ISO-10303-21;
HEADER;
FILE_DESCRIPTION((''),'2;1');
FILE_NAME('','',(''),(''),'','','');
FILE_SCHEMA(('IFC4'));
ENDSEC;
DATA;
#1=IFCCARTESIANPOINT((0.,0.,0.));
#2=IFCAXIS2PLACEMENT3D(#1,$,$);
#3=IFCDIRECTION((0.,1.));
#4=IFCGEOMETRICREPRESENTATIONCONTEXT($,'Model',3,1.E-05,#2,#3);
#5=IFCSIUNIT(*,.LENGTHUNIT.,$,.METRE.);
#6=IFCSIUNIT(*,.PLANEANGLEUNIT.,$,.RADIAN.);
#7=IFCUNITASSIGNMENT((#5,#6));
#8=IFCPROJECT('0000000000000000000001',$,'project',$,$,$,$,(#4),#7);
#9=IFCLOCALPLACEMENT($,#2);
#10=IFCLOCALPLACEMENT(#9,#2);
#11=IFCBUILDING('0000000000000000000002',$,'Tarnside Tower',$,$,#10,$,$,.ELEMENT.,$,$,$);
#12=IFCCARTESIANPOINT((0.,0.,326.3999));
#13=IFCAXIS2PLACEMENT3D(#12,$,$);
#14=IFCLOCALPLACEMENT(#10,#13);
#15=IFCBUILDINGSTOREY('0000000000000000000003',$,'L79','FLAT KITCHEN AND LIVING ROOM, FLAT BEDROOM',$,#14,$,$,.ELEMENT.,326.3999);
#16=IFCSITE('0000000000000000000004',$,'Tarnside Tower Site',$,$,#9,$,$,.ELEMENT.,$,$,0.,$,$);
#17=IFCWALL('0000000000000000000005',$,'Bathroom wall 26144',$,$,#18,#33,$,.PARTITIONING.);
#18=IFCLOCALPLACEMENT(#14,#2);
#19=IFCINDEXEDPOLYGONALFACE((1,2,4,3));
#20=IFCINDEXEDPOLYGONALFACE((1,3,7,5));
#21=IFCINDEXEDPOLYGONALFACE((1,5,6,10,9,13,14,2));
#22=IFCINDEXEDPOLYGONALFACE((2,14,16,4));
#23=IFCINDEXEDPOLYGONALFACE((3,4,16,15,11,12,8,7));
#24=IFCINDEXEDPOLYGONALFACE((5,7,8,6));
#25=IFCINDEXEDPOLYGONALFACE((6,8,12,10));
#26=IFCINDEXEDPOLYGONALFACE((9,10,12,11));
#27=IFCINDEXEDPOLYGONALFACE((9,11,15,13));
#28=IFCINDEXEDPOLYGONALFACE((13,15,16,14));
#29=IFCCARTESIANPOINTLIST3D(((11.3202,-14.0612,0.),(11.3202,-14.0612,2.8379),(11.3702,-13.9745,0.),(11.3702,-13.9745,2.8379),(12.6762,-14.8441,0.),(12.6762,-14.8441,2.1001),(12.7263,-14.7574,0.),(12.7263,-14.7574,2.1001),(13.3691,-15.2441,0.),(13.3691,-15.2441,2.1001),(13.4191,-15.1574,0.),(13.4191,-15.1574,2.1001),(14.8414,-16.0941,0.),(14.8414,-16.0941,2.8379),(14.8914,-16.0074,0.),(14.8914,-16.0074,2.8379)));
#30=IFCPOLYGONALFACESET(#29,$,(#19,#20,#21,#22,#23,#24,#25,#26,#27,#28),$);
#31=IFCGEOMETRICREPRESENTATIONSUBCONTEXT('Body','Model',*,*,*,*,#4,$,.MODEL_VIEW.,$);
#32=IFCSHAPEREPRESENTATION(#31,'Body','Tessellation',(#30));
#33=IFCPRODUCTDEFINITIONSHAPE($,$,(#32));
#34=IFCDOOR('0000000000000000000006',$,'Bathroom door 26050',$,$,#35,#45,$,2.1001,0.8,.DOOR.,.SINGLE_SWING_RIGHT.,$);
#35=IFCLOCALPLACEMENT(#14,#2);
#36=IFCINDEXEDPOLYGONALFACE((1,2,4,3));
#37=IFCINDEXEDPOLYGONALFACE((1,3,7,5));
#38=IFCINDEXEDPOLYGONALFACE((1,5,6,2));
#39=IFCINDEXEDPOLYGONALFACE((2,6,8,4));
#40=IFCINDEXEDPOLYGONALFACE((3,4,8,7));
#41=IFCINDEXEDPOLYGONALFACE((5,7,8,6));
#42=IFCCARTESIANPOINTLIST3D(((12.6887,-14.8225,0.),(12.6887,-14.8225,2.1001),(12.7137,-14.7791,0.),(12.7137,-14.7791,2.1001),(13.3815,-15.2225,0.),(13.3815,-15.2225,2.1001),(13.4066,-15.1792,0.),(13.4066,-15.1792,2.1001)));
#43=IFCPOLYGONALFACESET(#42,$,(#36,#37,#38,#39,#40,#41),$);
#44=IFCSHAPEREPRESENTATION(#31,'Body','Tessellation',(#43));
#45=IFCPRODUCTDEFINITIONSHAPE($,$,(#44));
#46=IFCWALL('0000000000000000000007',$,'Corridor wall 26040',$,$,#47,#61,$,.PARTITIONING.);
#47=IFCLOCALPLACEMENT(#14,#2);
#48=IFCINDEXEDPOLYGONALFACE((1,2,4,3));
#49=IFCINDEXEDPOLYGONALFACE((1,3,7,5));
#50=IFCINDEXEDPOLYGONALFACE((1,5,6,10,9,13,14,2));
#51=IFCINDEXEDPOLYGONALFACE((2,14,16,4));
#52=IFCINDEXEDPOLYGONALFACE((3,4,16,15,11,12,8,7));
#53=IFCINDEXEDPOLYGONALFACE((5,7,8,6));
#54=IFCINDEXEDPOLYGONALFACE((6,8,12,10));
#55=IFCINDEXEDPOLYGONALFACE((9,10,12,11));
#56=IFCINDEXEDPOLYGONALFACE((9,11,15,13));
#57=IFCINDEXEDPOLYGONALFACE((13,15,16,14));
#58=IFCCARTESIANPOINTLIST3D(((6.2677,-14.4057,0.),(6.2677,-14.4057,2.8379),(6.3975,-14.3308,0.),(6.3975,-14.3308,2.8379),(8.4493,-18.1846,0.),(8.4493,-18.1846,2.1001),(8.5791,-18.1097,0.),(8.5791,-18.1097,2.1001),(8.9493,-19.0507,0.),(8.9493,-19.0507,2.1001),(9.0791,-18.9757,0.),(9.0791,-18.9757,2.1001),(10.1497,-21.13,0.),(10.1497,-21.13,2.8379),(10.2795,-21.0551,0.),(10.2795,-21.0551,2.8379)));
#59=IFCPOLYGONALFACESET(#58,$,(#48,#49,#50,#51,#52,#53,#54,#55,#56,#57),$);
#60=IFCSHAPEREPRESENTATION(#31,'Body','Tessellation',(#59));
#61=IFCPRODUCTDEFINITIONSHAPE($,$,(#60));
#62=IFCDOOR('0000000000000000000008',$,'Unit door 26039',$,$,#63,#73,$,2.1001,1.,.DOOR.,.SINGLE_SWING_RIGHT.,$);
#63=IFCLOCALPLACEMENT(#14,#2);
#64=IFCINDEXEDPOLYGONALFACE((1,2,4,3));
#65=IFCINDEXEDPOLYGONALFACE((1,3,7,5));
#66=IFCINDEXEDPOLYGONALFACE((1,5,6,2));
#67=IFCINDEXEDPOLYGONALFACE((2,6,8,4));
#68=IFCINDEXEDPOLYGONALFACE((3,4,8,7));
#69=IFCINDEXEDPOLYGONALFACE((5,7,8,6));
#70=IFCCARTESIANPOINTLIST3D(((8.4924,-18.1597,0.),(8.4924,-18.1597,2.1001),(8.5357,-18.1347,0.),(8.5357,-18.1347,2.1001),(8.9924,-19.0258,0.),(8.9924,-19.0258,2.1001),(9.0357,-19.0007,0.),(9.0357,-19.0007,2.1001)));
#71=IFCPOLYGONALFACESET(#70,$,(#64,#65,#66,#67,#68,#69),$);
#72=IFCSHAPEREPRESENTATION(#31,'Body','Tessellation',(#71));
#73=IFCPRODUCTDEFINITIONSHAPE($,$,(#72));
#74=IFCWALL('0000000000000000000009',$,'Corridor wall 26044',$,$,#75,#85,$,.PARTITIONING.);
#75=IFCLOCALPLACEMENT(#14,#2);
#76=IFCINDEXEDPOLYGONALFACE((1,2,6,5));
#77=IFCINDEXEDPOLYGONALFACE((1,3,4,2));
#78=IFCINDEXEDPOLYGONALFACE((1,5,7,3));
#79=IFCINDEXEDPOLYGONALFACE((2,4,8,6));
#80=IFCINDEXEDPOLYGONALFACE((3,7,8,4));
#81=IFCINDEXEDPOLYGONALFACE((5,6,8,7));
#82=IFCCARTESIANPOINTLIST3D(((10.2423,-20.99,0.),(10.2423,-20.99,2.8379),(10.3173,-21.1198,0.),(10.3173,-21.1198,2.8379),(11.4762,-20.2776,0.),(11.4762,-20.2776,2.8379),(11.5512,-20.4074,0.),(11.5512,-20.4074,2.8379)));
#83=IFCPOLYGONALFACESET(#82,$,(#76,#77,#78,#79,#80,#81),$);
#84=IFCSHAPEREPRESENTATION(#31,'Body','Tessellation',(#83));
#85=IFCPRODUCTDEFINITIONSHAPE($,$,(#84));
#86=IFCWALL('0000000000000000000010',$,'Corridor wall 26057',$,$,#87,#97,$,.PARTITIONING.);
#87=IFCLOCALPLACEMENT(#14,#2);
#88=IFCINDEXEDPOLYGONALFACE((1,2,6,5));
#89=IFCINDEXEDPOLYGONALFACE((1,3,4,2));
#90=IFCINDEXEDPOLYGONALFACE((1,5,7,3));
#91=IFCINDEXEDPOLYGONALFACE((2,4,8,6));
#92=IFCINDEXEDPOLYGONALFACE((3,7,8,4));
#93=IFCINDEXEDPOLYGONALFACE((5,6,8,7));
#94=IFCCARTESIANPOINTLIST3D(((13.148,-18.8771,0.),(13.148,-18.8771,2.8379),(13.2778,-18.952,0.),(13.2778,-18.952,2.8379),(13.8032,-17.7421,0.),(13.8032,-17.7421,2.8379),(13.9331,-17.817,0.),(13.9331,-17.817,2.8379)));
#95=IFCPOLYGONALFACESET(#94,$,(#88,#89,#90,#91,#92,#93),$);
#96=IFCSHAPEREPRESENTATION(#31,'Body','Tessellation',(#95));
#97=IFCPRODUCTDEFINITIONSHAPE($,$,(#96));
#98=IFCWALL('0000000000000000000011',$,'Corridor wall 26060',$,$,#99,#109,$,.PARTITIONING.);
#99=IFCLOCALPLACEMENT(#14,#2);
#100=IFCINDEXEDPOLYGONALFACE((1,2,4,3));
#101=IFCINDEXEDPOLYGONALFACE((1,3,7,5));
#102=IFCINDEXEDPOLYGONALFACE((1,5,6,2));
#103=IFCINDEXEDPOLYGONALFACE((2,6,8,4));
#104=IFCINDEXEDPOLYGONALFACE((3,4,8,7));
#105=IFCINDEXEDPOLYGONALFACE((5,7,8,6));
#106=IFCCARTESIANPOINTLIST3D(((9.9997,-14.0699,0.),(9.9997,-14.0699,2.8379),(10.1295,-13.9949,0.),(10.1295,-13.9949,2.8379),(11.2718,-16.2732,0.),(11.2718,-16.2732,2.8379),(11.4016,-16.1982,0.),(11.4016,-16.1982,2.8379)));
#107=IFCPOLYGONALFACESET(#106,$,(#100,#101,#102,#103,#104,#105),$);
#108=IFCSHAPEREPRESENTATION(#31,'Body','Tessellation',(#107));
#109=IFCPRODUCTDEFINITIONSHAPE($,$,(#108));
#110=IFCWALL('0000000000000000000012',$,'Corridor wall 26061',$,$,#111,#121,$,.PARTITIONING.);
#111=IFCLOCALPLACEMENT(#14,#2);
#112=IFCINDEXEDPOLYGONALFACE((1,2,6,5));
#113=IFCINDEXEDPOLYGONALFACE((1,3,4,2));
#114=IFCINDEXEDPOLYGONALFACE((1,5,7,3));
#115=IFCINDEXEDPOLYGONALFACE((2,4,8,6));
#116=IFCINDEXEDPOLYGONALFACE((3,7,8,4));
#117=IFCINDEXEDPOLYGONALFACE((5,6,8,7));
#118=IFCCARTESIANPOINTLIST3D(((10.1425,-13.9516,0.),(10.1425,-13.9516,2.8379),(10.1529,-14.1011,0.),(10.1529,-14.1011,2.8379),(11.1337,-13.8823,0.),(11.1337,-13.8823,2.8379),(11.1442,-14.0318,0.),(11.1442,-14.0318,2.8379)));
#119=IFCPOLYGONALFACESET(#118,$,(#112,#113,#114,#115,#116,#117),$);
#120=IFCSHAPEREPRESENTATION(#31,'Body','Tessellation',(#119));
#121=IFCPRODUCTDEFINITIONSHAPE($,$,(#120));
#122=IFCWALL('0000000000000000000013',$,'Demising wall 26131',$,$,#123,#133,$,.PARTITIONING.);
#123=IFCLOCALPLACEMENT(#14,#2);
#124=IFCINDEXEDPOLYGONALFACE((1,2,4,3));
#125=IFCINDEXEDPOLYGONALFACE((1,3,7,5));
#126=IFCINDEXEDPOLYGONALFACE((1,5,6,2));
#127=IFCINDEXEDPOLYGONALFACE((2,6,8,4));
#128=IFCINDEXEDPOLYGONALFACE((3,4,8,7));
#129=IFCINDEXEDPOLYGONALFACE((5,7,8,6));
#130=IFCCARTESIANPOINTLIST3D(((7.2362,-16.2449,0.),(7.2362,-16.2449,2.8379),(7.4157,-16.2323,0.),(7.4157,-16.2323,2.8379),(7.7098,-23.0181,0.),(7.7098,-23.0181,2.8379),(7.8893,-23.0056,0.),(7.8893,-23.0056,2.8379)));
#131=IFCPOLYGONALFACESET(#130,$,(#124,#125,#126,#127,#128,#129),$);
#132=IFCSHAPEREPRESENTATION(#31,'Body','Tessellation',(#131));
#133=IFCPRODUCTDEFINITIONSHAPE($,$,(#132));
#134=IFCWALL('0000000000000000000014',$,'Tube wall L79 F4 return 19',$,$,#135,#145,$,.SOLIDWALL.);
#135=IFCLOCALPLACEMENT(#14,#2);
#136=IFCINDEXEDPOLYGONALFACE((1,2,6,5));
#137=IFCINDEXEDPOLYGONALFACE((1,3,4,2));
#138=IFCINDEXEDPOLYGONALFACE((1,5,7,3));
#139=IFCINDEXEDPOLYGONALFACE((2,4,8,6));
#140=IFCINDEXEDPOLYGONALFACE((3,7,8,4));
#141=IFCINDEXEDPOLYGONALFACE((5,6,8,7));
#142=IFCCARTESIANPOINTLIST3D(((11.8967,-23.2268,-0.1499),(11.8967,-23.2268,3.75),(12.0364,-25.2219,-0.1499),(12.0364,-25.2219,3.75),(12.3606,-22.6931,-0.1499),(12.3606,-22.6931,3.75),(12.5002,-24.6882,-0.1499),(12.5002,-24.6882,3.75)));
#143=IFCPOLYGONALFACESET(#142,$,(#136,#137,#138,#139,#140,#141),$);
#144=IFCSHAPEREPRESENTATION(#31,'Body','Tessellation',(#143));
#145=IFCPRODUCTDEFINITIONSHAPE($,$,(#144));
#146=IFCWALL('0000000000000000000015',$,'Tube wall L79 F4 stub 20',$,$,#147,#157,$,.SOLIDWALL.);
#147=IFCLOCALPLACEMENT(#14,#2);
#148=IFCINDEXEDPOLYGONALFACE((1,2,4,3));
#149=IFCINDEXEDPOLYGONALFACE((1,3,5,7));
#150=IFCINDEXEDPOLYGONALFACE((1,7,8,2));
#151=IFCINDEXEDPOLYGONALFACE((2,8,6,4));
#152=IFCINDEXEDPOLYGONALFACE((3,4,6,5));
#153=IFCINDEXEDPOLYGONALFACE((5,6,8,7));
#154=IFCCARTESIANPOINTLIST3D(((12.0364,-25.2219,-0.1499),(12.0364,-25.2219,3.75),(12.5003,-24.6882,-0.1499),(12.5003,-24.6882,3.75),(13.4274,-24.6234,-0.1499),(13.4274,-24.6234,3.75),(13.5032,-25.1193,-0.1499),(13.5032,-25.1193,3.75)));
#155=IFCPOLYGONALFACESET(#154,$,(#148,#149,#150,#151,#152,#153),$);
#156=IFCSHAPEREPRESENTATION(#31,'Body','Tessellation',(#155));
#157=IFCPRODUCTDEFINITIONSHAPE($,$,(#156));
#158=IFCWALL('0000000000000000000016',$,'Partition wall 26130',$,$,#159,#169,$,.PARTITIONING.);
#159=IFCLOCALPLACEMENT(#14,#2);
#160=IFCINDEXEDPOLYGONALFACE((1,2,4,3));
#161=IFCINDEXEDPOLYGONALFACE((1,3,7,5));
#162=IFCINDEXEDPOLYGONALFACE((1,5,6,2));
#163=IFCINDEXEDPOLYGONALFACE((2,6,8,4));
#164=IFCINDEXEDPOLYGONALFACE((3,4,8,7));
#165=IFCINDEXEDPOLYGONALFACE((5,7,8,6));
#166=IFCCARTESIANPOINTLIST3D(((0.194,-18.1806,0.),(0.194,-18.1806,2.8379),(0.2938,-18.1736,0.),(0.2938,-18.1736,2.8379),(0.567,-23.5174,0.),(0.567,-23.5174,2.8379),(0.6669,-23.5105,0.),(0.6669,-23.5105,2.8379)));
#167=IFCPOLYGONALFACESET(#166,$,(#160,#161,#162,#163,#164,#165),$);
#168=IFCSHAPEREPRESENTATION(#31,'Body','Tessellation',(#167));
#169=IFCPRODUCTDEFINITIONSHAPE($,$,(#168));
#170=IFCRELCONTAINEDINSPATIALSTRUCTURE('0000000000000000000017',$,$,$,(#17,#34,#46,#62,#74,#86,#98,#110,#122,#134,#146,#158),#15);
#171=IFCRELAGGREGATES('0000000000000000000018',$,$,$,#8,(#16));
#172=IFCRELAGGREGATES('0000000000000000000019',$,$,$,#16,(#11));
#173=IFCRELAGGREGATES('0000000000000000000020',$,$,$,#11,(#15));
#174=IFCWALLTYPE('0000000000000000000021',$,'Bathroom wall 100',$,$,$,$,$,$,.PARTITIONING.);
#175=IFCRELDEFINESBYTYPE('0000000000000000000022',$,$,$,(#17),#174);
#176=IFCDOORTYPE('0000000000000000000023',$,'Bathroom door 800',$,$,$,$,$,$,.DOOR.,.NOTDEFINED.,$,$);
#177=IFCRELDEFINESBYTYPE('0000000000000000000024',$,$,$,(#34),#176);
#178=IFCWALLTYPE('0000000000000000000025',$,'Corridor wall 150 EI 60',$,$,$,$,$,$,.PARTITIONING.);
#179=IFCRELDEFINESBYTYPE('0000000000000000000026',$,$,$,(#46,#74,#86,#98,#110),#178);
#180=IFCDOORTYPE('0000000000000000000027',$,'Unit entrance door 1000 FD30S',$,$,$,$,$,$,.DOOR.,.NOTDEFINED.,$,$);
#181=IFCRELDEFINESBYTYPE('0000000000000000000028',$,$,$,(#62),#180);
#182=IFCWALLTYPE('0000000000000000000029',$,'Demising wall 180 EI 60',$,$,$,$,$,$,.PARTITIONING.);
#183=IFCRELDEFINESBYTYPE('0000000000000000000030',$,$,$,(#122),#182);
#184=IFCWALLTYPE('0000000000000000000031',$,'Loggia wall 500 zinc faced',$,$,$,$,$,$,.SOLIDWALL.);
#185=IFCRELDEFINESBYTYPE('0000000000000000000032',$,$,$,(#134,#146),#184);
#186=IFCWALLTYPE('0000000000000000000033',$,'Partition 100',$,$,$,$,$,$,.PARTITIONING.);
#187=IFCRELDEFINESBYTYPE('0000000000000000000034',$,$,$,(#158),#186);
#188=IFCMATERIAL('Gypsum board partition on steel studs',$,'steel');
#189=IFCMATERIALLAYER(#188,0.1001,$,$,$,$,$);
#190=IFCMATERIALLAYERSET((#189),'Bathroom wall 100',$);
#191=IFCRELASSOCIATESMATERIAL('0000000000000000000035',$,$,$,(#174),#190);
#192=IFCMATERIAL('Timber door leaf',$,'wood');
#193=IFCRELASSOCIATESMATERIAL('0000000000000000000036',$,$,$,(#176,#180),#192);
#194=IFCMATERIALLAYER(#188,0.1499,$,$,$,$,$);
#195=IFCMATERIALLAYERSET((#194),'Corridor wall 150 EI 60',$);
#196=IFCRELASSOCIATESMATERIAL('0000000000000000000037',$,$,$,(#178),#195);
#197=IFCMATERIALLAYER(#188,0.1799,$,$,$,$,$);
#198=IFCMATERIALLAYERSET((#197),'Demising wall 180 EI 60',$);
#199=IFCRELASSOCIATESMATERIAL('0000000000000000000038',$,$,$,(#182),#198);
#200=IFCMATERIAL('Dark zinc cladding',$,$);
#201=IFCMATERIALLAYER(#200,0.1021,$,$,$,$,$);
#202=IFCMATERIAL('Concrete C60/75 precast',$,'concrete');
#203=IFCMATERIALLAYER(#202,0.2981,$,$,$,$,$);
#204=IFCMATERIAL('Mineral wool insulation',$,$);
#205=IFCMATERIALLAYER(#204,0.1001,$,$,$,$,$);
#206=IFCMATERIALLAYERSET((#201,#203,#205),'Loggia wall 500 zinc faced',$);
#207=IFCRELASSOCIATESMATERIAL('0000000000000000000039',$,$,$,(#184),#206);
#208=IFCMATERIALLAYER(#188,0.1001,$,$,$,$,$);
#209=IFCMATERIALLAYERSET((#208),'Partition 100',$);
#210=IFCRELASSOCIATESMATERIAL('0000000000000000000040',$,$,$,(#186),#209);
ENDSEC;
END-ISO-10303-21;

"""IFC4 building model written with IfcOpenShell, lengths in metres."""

from ifc_helpers import new_model, si_unit, direction, frame, frame_2d, origin, place, context, subcontext, project, spatial, polyline, rectangle, outline, extrude, material, layer, layer_set, type_object, element, fill, save


model = new_model("IFC4")

# Units and contexts
model_context = context("Model", 3, precision=1e-05, world=origin(), true_north=direction((0.0, 1.0)))
body_context = subcontext(model_context, "Body", "Model", "MODEL_VIEW")
ifc_project = project(units=[si_unit("LENGTHUNIT", "METRE"), si_unit("PLANEANGLEUNIT", "RADIAN")], contexts=[model_context])

# Site, building, storey
site_placement = place(None, origin())
site = spatial("IfcSite", under=ifc_project, at=site_placement, Name="Tarnside Tower Site", CompositionType="ELEMENT", RefElevation=0.0)
building_placement = place(site_placement, origin())
building = spatial("IfcBuilding", under=site, at=building_placement, Name="Tarnside Tower", CompositionType="ELEMENT")
storey_placement = place(building_placement, frame((0.0, 0.0, 326.3999)))
storey = spatial("IfcBuildingStorey", under=building, at=storey_placement, Name="L79", Description="FLAT KITCHEN AND LIVING ROOM, FLAT BEDROOM", CompositionType="ELEMENT", Elevation=326.3999)

# Walls, openings, doors
ifc_material_1 = material(Name="Gypsum board partition on steel studs", Category="steel")
ifc_layer_1 = layer(ifc_material_1, 0.1001)
ifc_layer_set_1 = layer_set([ifc_layer_1], Name="Bathroom wall 100")
wall_type_1 = type_object("IfcWallType", Name="Bathroom wall 100", PredefinedType="PARTITIONING", material=ifc_layer_set_1)
wall_1_placement = place(storey_placement, frame((11.3452, -14.0178, 0.0), z_axis=(0.0, 0.0, 1.0), x_axis=(0.866029, -0.499994, 0.0)))
wall_1 = element("IfcWall", 1, at=wall_1_placement, inside=storey, type_object=wall_type_1, Name="Bathroom wall 26144", PredefinedType="PARTITIONING", context=body_context, shape_type="SweptSolid", body=[
    extrude(rectangle(XDim=4.0659, YDim=0.1001, at=frame_2d((2.033, 0.0))), origin(), (0.0, 0.0, 1.0), 2.8379),
])
opening_1_placement = place(wall_1_placement, frame((1.5659, 0.0, 0.0)))
opening_1 = element("IfcOpeningElement", 2, at=opening_1_placement, cuts=wall_1, PredefinedType="OPENING", context=body_context, shape_type="SweptSolid", body=[
    extrude(rectangle(XDim=0.8, YDim=2.1001, at=frame_2d((0.3999, 1.05))), frame((0.0, 0.0601, 0.0), z_axis=(0.0, -1.0, 0.0), x_axis=(1.0, 0.0, 0.0)), (0.0, 0.0, 1.0), 0.1201),
])
ifc_material_2 = material(Name="Timber door leaf", Category="wood")
door_type_1 = type_object("IfcDoorType", Name="Bathroom door 800", OperationType="NOTDEFINED", PredefinedType="DOOR", material=ifc_material_2)
door_1_placement = place(opening_1_placement, origin())
door_1 = element("IfcDoor", 3, at=door_1_placement, inside=storey, type_object=door_type_1, Name="Bathroom door 26050", OperationType="SINGLE_SWING_RIGHT", OverallHeight=2.1001, OverallWidth=0.8, PredefinedType="DOOR", context=body_context, shape_type="SweptSolid", body=[
    extrude(rectangle(XDim=0.8, YDim=2.1001, at=frame_2d((0.3999, 1.05))), frame((0.0, 0.0249, 0.0), z_axis=(0.0, -1.0, 0.0), x_axis=(1.0, 0.0, 0.0)), (0.0, 0.0, 1.0), 0.05),
])
fill(opening_1, door_1)
ifc_layer_2 = layer(ifc_material_1, 0.1499)
ifc_layer_set_2 = layer_set([ifc_layer_2], Name="Corridor wall 150 EI 60")
wall_type_2 = type_object("IfcWallType", Name="Corridor wall 150 EI 60", PredefinedType="PARTITIONING", material=ifc_layer_set_2)
wall_2_placement = place(storey_placement, frame((6.3325, -14.3682, 0.0), z_axis=(0.0, 0.0, 1.0), x_axis=(0.499977, -0.866038, 0.0)))
wall_2 = element("IfcWall", 4, at=wall_2_placement, inside=storey, type_object=wall_type_2, Name="Corridor wall 26040", PredefinedType="PARTITIONING", context=body_context, shape_type="SweptSolid", body=[
    extrude(rectangle(XDim=7.7644, YDim=0.1499, at=frame_2d((3.8823, 0.0))), origin(), (0.0, 0.0, 1.0), 2.8379),
])
opening_2_placement = place(wall_2_placement, frame((4.3635, 0.0, 0.0)))
opening_2 = element("IfcOpeningElement", 5, at=opening_2_placement, cuts=wall_2, PredefinedType="OPENING", context=body_context, shape_type="SweptSolid", body=[
    extrude(rectangle(XDim=1.0, YDim=2.1001, at=frame_2d((0.5, 1.05))), frame((0.0, 0.085, 0.0), z_axis=(0.0, -1.0, 0.0), x_axis=(1.0, 0.0, 0.0)), (0.0, 0.0, 1.0), 0.1699),
])
door_type_2 = type_object("IfcDoorType", Name="Unit entrance door 1000 FD30S", OperationType="NOTDEFINED", PredefinedType="DOOR", material=ifc_material_2)
door_2_placement = place(opening_2_placement, origin())
door_2 = element("IfcDoor", 6, at=door_2_placement, inside=storey, type_object=door_type_2, Name="Unit door 26039", OperationType="SINGLE_SWING_RIGHT", OverallHeight=2.1001, OverallWidth=1.0, PredefinedType="DOOR", context=body_context, shape_type="SweptSolid", body=[
    extrude(rectangle(XDim=1.0, YDim=2.1001, at=frame_2d((0.5, 1.05))), frame((0.0, 0.0249, 0.0), z_axis=(0.0, -1.0, 0.0), x_axis=(1.0, 0.0, 0.0)), (0.0, 0.0, 1.0), 0.05),
])
fill(opening_2, door_2)

# Walls
wall_3_placement = place(storey_placement, frame((10.2798, -21.0549, 0.0), z_axis=(0.0, 0.0, 1.0), x_axis=(0.86602, 0.500009, 0.0)))
element("IfcWall", 7, at=wall_3_placement, inside=storey, type_object=wall_type_2, Name="Corridor wall 26044", PredefinedType="PARTITIONING", context=body_context, shape_type="SweptSolid", body=[
    extrude(rectangle(XDim=1.4248, YDim=0.1499, at=frame_2d((0.7124, 0.0))), origin(), (0.0, 0.0, 1.0), 2.8379),
])
wall_4_placement = place(storey_placement, frame((13.2129, -18.9146, 0.0), z_axis=(0.0, 0.0, 1.0), x_axis=(0.499986, 0.866034, 0.0)))
element("IfcWall", 8, at=wall_4_placement, inside=storey, type_object=wall_type_2, Name="Corridor wall 26057", PredefinedType="PARTITIONING", context=body_context, shape_type="SweptSolid", body=[
    extrude(rectangle(XDim=1.3105, YDim=0.1499, at=frame_2d((0.6553, 0.0))), origin(), (0.0, 0.0, 1.0), 2.8379),
])
wall_5_placement = place(storey_placement, frame((11.3367, -16.2356, 0.0), z_axis=(0.0, 0.0, 1.0), x_axis=(-0.50003, 0.866008, 0.0)))
element("IfcWall", 9, at=wall_5_placement, inside=storey, type_object=wall_type_2, Name="Corridor wall 26060", PredefinedType="PARTITIONING", context=body_context, shape_type="SweptSolid", body=[
    extrude(rectangle(XDim=2.5442, YDim=0.1499, at=frame_2d((1.272, 0.0))), origin(), (0.0, 0.0, 1.0), 2.8379),
])
wall_6_placement = place(storey_placement, frame((10.1477, -14.0264, 0.0), z_axis=(0.0, 0.0, 1.0), x_axis=(0.997562, 0.06978, 0.0)))
element("IfcWall", 10, at=wall_6_placement, inside=storey, type_object=wall_type_2, Name="Corridor wall 26061", PredefinedType="PARTITIONING", context=body_context, shape_type="SweptSolid", body=[
    extrude(rectangle(XDim=0.9937, YDim=0.1499, at=frame_2d((0.4968, 0.0))), origin(), (0.0, 0.0, 1.0), 2.8379),
])
ifc_layer_3 = layer(ifc_material_1, 0.1799)
ifc_layer_set_3 = layer_set([ifc_layer_3], Name="Demising wall 180 EI 60")
wall_type_3 = type_object("IfcWallType", Name="Demising wall 180 EI 60", PredefinedType="PARTITIONING", material=ifc_layer_set_3)
wall_7_placement = place(storey_placement, frame((7.7996, -23.012, 0.0), z_axis=(0.0, 0.0, 1.0), x_axis=(-0.069757, 0.997564, 0.0)))
element("IfcWall", 11, at=wall_7_placement, inside=storey, type_object=wall_type_3, Name="Demising wall 26131", PredefinedType="PARTITIONING", context=body_context, shape_type="SweptSolid", body=[
    extrude(rectangle(XDim=6.7898, YDim=0.1799, at=frame_2d((3.395, 0.0))), origin(), (0.0, 0.0, 1.0), 2.8379),
])
ifc_material_3 = material(Name="Dark zinc cladding")
ifc_layer_4 = layer(ifc_material_3, 0.1021)
ifc_material_4 = material(Name="Concrete C60/75 precast", Category="concrete")
ifc_layer_5 = layer(ifc_material_4, 0.2981)
ifc_material_5 = material(Name="Mineral wool insulation")
ifc_layer_6 = layer(ifc_material_5, 0.1001)
ifc_layer_set_4 = layer_set([ifc_layer_4, ifc_layer_5, ifc_layer_6], Name="Loggia wall 500 zinc faced")
wall_type_4 = type_object("IfcWallType", Name="Loggia wall 500 zinc faced", PredefinedType="SOLIDWALL", material=ifc_layer_set_4)
wall_8_placement = place(storey_placement, frame((12.1287, -22.96, -0.1499), z_axis=(0.0, 0.0, 1.0), x_axis=(0.069824, -0.997559, 0.0)))
element("IfcWall", 12, at=wall_8_placement, inside=storey, type_object=wall_type_4, Name="Tube wall L79 F4 return 19", PredefinedType="SOLIDWALL", context=body_context, shape_type="SweptSolid", body=[
    extrude(outline(polyline([(0.25, -0.25), (2.25, -0.25), (1.75, 0.25), (-0.25, 0.25), (0.25, -0.25)])), origin(), (0.0, 0.0, 1.0), 3.8999),
])
wall_9_placement = place(storey_placement, frame((12.2683, -24.9551, -0.1499), z_axis=(0.0, 0.0, 1.0), x_axis=(0.997562, 0.069787, 0.0)))
element("IfcWall", 13, at=wall_9_placement, inside=storey, type_object=wall_type_4, Name="Tube wall L79 F4 stub 20", PredefinedType="SOLIDWALL", context=body_context, shape_type="SweptSolid", body=[
    extrude(outline(polyline([(-0.25, -0.25), (1.2205, -0.25), (1.1794, 0.25), (0.25, 0.25), (-0.25, -0.25)])), origin(), (0.0, 0.0, 1.0), 3.8999),
])
ifc_layer_7 = layer(ifc_material_1, 0.1001)
ifc_layer_set_5 = layer_set([ifc_layer_7], Name="Partition 100")
wall_type_5 = type_object("IfcWallType", Name="Partition 100", PredefinedType="PARTITIONING", material=ifc_layer_set_5)
wall_10_placement = place(storey_placement, frame((0.2439, -18.1772, 0.0), z_axis=(0.0, 0.0, 1.0), x_axis=(0.069729, -0.997566, 0.0)))
element("IfcWall", 14, at=wall_10_placement, inside=storey, type_object=wall_type_5, Name="Partition wall 26130", PredefinedType="PARTITIONING", context=body_context, shape_type="SweptSolid", body=[
    extrude(rectangle(XDim=5.3499, YDim=0.1001, at=frame_2d((2.6748, 0.0))), origin(), (0.0, 0.0, 1.0), 2.8379),
])

save(model, "model.ifc")
